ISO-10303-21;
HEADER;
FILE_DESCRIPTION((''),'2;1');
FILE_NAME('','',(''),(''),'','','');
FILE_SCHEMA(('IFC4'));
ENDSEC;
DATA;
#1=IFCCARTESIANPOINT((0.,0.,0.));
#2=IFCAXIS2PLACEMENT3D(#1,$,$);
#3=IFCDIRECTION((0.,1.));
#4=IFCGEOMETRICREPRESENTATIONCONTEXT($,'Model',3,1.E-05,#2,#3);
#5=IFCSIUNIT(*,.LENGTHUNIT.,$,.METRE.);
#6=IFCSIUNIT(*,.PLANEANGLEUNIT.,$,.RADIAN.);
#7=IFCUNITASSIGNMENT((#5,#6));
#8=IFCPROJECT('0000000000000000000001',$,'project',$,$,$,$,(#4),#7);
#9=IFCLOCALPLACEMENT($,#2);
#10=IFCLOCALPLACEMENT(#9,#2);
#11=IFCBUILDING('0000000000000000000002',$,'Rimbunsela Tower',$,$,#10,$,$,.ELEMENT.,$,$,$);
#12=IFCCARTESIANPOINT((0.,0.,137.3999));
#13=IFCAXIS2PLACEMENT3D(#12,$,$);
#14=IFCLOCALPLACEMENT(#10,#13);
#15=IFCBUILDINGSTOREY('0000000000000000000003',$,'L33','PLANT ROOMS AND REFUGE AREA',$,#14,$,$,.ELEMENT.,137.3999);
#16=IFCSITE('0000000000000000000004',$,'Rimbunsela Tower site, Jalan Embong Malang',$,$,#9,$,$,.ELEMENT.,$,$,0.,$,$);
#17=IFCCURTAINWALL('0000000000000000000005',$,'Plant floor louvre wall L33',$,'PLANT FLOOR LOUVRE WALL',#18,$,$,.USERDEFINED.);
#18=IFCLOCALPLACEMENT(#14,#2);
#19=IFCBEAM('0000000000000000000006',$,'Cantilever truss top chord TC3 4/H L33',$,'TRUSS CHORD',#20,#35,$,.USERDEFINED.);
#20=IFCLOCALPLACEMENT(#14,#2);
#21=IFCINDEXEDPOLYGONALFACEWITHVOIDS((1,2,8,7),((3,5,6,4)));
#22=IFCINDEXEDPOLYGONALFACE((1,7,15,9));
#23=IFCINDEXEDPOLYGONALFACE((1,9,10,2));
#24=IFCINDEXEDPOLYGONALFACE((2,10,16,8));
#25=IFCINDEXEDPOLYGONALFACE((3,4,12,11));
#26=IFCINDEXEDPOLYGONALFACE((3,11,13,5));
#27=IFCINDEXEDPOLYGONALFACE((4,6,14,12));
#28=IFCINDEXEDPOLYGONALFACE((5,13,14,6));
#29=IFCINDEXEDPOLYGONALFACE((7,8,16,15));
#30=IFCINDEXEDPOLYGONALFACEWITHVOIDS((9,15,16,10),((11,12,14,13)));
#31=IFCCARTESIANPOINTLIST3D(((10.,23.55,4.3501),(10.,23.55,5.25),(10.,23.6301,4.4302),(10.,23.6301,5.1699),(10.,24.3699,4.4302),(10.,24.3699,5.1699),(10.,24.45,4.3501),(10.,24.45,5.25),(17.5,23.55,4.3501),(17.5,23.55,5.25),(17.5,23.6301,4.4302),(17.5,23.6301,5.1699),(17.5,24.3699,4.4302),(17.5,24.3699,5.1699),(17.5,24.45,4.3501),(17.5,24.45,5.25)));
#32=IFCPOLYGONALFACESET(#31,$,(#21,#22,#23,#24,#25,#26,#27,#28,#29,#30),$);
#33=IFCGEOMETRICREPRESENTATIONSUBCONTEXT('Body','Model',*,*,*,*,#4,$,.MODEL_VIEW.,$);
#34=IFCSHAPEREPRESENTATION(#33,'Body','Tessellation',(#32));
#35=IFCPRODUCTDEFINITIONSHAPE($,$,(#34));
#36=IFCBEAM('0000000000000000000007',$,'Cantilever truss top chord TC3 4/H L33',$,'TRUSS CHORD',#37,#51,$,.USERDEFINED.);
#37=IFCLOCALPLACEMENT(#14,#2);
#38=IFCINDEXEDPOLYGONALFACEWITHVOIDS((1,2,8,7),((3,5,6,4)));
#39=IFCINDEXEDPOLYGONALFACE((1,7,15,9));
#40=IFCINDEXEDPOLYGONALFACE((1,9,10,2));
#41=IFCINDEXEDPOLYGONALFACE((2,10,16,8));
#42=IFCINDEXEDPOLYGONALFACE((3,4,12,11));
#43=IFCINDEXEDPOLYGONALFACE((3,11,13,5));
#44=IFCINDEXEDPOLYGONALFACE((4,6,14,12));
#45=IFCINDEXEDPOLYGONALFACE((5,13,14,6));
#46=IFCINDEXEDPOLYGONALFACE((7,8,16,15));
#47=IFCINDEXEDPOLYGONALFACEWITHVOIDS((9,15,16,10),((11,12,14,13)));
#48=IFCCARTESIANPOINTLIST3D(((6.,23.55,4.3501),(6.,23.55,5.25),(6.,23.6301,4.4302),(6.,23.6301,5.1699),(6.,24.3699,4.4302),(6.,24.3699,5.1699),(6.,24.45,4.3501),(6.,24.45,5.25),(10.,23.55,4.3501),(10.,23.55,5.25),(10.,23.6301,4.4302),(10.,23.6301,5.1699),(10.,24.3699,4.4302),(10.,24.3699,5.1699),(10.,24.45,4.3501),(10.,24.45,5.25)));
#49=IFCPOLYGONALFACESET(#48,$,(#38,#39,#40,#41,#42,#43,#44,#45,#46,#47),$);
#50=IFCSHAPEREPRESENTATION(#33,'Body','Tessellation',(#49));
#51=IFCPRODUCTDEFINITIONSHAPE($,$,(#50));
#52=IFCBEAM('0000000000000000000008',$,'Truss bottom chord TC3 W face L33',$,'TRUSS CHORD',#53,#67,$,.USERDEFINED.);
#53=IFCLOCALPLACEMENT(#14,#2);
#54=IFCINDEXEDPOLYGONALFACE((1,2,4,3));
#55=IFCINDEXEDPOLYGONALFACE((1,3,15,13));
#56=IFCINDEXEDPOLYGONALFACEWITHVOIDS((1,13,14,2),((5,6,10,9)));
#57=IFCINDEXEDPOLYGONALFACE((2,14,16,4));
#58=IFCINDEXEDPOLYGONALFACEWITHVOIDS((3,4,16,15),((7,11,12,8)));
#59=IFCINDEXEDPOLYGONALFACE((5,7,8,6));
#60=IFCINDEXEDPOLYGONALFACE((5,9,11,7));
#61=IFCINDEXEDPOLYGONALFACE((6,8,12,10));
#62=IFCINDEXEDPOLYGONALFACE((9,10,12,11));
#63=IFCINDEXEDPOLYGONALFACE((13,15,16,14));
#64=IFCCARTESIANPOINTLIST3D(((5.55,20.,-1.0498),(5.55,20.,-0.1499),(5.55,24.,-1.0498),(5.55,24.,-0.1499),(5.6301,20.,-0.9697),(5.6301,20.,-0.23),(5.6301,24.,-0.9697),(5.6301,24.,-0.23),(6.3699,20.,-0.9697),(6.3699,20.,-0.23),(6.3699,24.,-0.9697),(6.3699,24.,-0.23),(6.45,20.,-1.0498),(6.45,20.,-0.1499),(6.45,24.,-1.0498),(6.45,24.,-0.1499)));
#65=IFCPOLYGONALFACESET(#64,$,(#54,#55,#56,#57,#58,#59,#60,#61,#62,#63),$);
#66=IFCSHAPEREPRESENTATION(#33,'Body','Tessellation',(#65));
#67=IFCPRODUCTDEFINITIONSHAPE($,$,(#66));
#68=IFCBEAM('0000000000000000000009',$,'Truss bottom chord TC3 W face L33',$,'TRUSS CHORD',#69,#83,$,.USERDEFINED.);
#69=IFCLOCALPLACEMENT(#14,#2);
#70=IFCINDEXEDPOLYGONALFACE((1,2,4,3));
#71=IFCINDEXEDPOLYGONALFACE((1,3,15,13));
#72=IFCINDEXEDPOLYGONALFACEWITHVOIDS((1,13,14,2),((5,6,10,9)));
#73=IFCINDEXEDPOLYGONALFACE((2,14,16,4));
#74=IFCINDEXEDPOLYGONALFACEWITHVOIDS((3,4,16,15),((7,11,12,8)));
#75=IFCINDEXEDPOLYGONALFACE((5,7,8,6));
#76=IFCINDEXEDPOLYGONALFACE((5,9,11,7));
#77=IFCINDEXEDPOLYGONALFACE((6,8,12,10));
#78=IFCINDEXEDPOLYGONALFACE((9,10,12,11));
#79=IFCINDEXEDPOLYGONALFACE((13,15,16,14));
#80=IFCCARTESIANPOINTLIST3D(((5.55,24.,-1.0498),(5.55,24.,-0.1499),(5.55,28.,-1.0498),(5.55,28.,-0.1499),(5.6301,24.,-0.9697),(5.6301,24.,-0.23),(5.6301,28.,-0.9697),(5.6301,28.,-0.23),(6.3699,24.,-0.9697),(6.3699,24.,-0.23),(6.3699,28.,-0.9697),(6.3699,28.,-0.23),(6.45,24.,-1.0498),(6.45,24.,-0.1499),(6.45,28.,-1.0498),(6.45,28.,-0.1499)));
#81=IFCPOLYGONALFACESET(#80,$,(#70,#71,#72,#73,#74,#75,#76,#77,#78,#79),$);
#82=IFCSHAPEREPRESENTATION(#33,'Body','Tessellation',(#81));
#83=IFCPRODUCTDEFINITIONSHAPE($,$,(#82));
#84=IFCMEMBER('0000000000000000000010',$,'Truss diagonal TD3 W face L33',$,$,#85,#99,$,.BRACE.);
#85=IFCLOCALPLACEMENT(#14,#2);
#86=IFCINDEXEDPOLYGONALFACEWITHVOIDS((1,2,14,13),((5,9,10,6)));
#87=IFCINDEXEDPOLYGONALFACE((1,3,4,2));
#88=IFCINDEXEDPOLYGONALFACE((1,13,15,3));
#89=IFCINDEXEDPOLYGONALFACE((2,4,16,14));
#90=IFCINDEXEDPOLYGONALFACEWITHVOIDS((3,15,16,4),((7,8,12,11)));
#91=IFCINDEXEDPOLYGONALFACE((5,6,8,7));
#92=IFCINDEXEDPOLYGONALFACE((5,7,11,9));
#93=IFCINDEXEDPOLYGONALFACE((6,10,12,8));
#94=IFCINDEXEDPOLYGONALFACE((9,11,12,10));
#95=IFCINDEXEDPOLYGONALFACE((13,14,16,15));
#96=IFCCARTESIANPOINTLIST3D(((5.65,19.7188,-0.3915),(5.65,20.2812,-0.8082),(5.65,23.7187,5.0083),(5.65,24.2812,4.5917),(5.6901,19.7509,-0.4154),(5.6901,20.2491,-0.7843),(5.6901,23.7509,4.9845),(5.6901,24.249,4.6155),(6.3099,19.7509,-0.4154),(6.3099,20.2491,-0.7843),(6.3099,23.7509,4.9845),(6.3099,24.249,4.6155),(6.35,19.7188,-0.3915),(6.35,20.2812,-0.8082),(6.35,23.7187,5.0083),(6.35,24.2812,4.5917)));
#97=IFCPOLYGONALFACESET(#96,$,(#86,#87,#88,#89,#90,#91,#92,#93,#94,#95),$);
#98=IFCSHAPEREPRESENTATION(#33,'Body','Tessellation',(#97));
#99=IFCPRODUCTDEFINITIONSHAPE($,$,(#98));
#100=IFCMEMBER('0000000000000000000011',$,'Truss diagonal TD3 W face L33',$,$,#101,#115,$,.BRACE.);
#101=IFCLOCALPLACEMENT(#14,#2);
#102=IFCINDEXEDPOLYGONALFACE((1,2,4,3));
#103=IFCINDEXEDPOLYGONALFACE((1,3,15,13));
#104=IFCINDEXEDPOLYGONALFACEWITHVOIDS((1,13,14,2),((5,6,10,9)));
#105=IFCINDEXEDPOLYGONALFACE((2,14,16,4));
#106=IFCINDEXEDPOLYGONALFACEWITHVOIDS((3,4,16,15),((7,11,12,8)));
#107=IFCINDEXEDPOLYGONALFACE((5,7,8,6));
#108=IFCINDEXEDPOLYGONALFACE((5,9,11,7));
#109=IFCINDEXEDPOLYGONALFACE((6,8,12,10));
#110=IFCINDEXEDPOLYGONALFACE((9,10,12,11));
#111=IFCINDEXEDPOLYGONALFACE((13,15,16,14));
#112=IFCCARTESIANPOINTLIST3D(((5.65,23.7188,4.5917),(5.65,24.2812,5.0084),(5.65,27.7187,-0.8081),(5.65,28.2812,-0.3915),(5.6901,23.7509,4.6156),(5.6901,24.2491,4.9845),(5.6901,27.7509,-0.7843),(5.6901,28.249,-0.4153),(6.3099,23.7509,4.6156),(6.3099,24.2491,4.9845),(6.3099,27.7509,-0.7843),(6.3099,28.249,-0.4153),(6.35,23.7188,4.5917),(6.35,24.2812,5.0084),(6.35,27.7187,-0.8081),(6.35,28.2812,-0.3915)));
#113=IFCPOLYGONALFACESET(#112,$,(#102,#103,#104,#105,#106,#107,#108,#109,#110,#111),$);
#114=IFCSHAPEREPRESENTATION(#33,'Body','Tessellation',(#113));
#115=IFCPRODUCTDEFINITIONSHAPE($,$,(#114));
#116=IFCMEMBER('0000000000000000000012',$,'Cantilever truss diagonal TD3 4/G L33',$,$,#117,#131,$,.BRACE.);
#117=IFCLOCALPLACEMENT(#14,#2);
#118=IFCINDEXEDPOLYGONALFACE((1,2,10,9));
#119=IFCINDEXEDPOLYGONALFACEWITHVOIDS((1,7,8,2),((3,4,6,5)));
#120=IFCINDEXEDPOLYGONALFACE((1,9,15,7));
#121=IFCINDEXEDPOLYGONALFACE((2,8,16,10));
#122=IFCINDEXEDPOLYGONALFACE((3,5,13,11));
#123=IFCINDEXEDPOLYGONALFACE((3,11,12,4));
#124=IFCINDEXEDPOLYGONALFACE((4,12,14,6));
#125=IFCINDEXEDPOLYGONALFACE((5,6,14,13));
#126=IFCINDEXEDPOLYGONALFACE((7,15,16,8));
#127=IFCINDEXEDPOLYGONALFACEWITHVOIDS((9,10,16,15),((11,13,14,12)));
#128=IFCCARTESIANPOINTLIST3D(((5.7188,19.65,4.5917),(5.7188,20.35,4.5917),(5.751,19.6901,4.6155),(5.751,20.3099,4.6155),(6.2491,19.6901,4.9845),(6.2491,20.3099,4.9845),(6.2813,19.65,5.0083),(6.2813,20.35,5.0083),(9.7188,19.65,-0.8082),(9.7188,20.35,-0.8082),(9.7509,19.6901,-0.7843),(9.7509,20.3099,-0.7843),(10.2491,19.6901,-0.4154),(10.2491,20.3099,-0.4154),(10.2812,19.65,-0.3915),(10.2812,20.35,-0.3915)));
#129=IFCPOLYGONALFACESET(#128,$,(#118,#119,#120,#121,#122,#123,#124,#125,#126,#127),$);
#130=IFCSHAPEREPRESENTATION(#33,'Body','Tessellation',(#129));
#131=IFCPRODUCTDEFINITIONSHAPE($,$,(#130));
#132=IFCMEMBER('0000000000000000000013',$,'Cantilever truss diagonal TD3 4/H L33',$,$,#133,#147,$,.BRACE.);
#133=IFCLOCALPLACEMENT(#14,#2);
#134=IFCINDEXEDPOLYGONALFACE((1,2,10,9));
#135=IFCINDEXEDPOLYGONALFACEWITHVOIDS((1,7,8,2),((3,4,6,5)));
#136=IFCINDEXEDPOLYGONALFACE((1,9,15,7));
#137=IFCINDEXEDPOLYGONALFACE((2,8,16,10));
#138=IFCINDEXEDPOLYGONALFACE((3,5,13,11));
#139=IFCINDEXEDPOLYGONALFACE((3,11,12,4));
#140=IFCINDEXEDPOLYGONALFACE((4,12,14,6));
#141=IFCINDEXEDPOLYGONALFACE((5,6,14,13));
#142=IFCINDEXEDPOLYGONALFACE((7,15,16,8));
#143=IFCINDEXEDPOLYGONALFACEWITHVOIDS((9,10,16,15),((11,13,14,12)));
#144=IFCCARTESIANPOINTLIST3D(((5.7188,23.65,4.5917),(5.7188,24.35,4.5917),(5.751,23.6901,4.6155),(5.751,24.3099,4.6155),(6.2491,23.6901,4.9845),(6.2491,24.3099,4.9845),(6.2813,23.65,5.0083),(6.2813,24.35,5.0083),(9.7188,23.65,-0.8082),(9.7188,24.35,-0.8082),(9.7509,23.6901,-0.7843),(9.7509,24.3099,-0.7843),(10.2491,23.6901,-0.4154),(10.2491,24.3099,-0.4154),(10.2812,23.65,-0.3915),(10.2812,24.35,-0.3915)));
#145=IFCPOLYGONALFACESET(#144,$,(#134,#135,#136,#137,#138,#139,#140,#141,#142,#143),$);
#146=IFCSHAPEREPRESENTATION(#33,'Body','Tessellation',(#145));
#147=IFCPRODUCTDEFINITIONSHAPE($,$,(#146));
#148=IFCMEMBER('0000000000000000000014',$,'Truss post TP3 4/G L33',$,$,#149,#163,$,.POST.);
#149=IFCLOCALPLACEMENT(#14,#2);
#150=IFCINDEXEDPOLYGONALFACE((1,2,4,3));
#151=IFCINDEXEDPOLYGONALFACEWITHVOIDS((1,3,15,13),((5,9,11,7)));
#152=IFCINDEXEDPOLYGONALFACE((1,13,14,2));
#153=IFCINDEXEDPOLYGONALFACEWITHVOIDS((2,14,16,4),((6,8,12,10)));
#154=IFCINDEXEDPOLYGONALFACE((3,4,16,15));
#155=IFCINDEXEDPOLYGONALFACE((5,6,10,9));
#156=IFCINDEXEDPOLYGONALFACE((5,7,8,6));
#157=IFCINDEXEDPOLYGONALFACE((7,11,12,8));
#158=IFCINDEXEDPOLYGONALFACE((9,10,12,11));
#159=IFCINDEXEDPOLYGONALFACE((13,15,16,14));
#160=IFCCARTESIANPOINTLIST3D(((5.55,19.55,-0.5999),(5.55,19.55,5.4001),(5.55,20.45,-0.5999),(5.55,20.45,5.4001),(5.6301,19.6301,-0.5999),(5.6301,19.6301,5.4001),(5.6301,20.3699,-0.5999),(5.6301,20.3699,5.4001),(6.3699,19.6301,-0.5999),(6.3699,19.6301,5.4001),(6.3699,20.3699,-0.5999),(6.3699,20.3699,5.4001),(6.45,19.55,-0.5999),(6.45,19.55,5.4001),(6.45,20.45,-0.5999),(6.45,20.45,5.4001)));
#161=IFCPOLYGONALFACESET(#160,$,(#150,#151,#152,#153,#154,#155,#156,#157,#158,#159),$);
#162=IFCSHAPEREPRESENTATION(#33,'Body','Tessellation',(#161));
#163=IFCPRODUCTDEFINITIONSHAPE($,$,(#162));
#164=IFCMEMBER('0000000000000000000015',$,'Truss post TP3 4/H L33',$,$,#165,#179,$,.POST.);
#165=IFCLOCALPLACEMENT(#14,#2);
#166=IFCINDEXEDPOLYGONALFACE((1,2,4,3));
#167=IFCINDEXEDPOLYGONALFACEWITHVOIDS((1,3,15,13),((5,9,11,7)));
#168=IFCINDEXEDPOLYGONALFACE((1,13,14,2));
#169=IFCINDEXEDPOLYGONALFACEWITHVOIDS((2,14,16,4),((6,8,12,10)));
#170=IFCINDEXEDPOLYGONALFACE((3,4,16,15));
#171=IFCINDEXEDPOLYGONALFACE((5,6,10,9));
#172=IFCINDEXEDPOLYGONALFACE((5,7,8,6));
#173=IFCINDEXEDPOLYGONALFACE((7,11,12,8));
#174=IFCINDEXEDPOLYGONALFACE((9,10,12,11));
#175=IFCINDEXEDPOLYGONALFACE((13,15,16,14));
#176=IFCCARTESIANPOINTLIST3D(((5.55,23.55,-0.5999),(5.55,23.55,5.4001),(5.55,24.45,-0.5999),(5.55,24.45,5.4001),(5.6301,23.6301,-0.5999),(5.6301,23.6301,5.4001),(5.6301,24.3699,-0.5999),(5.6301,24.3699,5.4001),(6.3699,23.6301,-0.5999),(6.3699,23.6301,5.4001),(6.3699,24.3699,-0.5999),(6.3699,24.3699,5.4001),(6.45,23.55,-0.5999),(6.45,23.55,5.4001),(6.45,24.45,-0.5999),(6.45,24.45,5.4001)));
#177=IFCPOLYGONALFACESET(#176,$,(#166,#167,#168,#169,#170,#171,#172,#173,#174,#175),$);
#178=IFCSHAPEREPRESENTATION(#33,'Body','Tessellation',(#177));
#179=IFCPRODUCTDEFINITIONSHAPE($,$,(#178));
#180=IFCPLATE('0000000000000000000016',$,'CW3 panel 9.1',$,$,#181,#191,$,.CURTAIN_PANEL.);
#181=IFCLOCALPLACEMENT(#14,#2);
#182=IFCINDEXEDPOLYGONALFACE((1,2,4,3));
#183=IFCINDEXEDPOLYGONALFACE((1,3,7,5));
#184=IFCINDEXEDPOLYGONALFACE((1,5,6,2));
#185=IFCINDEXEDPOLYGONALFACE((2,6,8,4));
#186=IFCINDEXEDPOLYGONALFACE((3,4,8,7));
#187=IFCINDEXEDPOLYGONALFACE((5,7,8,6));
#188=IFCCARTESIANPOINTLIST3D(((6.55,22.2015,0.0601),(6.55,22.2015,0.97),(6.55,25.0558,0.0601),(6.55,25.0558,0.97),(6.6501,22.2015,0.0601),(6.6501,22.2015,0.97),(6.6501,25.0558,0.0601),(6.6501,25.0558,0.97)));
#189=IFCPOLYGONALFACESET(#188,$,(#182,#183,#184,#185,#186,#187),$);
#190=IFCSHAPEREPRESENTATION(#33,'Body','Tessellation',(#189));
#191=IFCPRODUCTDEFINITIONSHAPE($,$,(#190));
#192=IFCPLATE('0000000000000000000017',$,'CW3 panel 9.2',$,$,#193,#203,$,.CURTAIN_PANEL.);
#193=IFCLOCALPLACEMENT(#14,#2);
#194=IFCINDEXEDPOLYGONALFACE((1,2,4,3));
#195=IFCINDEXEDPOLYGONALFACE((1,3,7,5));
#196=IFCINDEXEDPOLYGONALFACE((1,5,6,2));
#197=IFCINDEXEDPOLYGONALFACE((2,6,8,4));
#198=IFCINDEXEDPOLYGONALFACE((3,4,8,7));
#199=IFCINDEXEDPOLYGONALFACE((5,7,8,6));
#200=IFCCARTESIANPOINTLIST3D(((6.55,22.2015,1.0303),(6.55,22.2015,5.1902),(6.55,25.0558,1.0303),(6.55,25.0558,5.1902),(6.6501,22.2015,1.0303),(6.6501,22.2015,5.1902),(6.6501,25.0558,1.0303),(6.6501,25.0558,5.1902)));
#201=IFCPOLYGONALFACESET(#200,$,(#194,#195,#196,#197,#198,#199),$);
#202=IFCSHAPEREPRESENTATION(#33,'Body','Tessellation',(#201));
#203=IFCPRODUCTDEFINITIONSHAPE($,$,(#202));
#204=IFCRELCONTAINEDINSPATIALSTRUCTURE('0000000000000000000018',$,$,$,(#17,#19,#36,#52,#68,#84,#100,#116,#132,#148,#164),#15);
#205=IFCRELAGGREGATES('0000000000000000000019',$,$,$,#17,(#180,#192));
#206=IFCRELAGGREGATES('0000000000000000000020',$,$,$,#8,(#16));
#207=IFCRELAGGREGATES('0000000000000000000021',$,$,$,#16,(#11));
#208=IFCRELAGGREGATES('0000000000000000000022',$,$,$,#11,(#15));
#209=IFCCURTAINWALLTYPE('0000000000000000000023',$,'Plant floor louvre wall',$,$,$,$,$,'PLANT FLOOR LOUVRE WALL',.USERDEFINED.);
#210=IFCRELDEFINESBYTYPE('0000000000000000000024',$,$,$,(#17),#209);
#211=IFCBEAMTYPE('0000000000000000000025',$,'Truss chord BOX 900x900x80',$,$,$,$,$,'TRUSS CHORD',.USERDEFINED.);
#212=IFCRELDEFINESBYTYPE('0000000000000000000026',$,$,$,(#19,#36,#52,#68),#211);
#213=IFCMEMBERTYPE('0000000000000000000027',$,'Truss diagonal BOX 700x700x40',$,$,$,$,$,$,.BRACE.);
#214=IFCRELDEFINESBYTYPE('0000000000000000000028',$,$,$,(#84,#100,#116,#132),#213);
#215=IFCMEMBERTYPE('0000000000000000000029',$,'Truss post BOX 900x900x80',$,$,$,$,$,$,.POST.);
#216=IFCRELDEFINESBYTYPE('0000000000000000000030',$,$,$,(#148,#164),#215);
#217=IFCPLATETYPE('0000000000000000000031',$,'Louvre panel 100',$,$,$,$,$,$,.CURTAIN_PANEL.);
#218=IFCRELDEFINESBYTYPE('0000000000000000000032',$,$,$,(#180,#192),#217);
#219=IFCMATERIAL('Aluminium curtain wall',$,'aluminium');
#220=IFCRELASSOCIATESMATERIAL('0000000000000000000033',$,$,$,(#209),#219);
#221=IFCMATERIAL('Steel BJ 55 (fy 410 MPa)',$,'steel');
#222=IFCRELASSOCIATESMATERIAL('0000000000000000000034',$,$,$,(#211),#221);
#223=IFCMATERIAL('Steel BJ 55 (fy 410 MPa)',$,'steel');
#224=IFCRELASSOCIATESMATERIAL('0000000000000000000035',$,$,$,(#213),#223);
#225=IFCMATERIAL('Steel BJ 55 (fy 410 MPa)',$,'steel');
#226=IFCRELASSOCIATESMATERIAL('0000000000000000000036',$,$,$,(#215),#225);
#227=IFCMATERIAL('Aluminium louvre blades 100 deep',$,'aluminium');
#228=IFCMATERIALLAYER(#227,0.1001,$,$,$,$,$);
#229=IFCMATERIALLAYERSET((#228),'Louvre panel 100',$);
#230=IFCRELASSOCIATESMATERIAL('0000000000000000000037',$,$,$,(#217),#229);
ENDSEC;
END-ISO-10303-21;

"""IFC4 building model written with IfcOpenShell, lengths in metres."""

from ifc_helpers import new_model, si_unit, direction, frame, origin, origin_2d, place, context, subcontext, project, spatial, rectangle, hollow_rectangle, extrude, material, layer, layer_set, material_profile, profile_set, type_object, element, aggregate, save


model = new_model("IFC4")

# Units and contexts
model_context = context("Model", 3, precision=1e-05, world=origin(), true_north=direction((0.0, 1.0)))
body_context = subcontext(model_context, "Body", "Model", "MODEL_VIEW")
ifc_project = project(units=[si_unit("LENGTHUNIT", "METRE"), si_unit("PLANEANGLEUNIT", "RADIAN")], contexts=[model_context])

# Site, building, storey
site_placement = place(None, origin())
site = spatial("IfcSite", under=ifc_project, at=site_placement, Name="Rimbunsela Tower site, Jalan Embong Malang", CompositionType="ELEMENT", RefElevation=0.0)
building_placement = place(site_placement, origin())
building = spatial("IfcBuilding", under=site, at=building_placement, Name="Rimbunsela Tower", CompositionType="ELEMENT")
storey_placement = place(building_placement, frame((0.0, 0.0, 137.3999)))
storey = spatial("IfcBuildingStorey", under=building, at=storey_placement, Name="L33", Description="PLANT ROOMS AND REFUGE AREA", CompositionType="ELEMENT", Elevation=137.3999)

# Curtain wall
ifc_material_1 = material(Name="Aluminium curtain wall", Category="aluminium")
curtain_wall_type = type_object("IfcCurtainWallType", Name="Plant floor louvre wall", ElementType="PLANT FLOOR LOUVRE WALL", PredefinedType="USERDEFINED", material=ifc_material_1)
curtain_wall_placement = place(storey_placement, origin())
curtain_wall = element("IfcCurtainWall", 1, at=curtain_wall_placement, inside=storey, type_object=curtain_wall_type, Name="Plant floor louvre wall L33", ObjectType="PLANT FLOOR LOUVRE WALL", PredefinedType="USERDEFINED")

# Beams
ifc_material_2 = material(Name="Steel BJ 55 (fy 410 MPa)", Category="steel")
ifc_material_profile_1 = material_profile(ifc_material_2, hollow_rectangle(XDim=0.8999, YDim=0.8999, WallThickness=0.0801, at=origin_2d()), Name="BOX 900x900x80")
ifc_profile_set_1 = profile_set([ifc_material_profile_1], Name="Steel BJ 55 (fy 410 MPa)")
beam_type_1 = type_object("IfcBeamType", Name="Truss chord BOX 900x900x80", ElementType="TRUSS CHORD", PredefinedType="USERDEFINED", material=ifc_profile_set_1)
beam_1_placement = place(storey_placement, frame((17.5, 24.0, 4.8), z_axis=(-1.0, 0.0, 0.0), x_axis=(0.0, -1.0, 0.0)))
element("IfcBeam", 2, at=beam_1_placement, inside=storey, type_object=beam_type_1, Name="Cantilever truss top chord TC3 4/H L33", ObjectType="TRUSS CHORD", PredefinedType="USERDEFINED", context=body_context, shape_type="SweptSolid", body=[
    extrude(hollow_rectangle(XDim=0.8999, YDim=0.8999, WallThickness=0.0801, at=origin_2d()), origin(), (0.0, 0.0, 1.0), 7.5),
])
for number, where, z_axis, x_axis, name in (
    (3, (10.0, 24.0, 4.8), (-1.0, 0.0, 0.0), (0.0, -1.0, 0.0), "Cantilever truss top chord TC3 4/H L33"),
    (4, (6.0, 20.0, -0.5999), (0.0, 1.0, 0.0), (-1.0, 0.0, 0.0), "Truss bottom chord TC3 W face L33"),
    (5, (6.0, 24.0, -0.5999), (0.0, 1.0, 0.0), (-1.0, 0.0, 0.0), "Truss bottom chord TC3 W face L33"),
):
    element("IfcBeam", number, at=place(storey_placement, frame(where, z_axis=z_axis, x_axis=x_axis)), inside=storey, type_object=beam_type_1, Name=name, ObjectType="TRUSS CHORD", PredefinedType="USERDEFINED", context=body_context, shape_type="SweptSolid", body=[
        extrude(hollow_rectangle(XDim=0.8999, YDim=0.8999, WallThickness=0.0801, at=origin_2d()), origin(), (0.0, 0.0, 1.0), 4.0),
    ])

# Members
ifc_material_3 = material(Name="Steel BJ 55 (fy 410 MPa)", Category="steel")
ifc_material_profile_2 = material_profile(ifc_material_3, hollow_rectangle(XDim=0.7, YDim=0.7, WallThickness=0.04, at=origin_2d()), Name="BOX 700x700x40")
ifc_profile_set_2 = profile_set([ifc_material_profile_2], Name="Steel BJ 55 (fy 410 MPa)")
member_type_1 = type_object("IfcMemberType", Name="Truss diagonal BOX 700x700x40", PredefinedType="BRACE", material=ifc_profile_set_2)
for number, where, z_axis, x_axis, name in (
    (6, (6.0, 20.0, -0.5999), (0.0, 0.595235, 0.803552), (-1.0, 0.0, 0.0), "Truss diagonal TD3 W face L33"),
    (7, (6.0, 24.0, 4.8), (0.0, 0.595235, -0.803552), (-1.0, 0.0, 0.0), "Truss diagonal TD3 W face L33"),
    (8, (10.0, 20.0, -0.5999), (-0.595235, 0.0, 0.803552), (0.0, -1.0, 0.0), "Cantilever truss diagonal TD3 4/G L33"),
    (9, (10.0, 24.0, -0.5999), (-0.595235, 0.0, 0.803552), (0.0, -1.0, 0.0), "Cantilever truss diagonal TD3 4/H L33"),
):
    element("IfcMember", number, at=place(storey_placement, frame(where, z_axis=z_axis, x_axis=x_axis)), inside=storey, type_object=member_type_1, Name=name, PredefinedType="BRACE", context=body_context, shape_type="SweptSolid", body=[
        extrude(hollow_rectangle(XDim=0.7, YDim=0.7, WallThickness=0.04, at=origin_2d()), origin(), (0.0, 0.0, 1.0), 6.72),
    ])
ifc_material_4 = material(Name="Steel BJ 55 (fy 410 MPa)", Category="steel")
ifc_material_profile_3 = material_profile(ifc_material_4, hollow_rectangle(XDim=0.8999, YDim=0.8999, WallThickness=0.0801, at=origin_2d()), Name="BOX 900x900x80")
ifc_profile_set_3 = profile_set([ifc_material_profile_3], Name="Steel BJ 55 (fy 410 MPa)")
member_type_2 = type_object("IfcMemberType", Name="Truss post BOX 900x900x80", PredefinedType="POST", material=ifc_profile_set_3)
for number, where, z_axis, x_axis, name in (
    (10, (6.0, 20.0, -0.5999), (0.0, 0.0, 1.0), (1.0, 0.0, 0.0), "Truss post TP3 4/G L33"),
    (11, (6.0, 24.0, -0.5999), (0.0, 0.0, 1.0), (1.0, 0.0, 0.0), "Truss post TP3 4/H L33"),
):
    element("IfcMember", number, at=place(storey_placement, frame(where, z_axis=z_axis, x_axis=x_axis)), inside=storey, type_object=member_type_2, Name=name, PredefinedType="POST", context=body_context, shape_type="SweptSolid", body=[
        extrude(hollow_rectangle(XDim=0.8999, YDim=0.8999, WallThickness=0.0801, at=origin_2d()), origin(), (0.0, 0.0, 1.0), 6.0),
    ])

# Plates
ifc_material_5 = material(Name="Aluminium louvre blades 100 deep", Category="aluminium")
ifc_layer = layer(ifc_material_5, 0.1001)
ifc_layer_set = layer_set([ifc_layer], Name="Louvre panel 100")
plate_type = type_object("IfcPlateType", Name="Louvre panel 100", PredefinedType="CURTAIN_PANEL", material=ifc_layer_set)
plate_1_placement = place(storey_placement, frame((6.6001, 23.6287, 0.0601), z_axis=(0.0, 0.0, 1.0), x_axis=(0.0, -1.0, 0.0)))
plate_1 = element("IfcPlate", 12, at=plate_1_placement, type_object=plate_type, Name="CW3 panel 9.1", PredefinedType="CURTAIN_PANEL", context=body_context, shape_type="SweptSolid", body=[
    extrude(rectangle(XDim=2.8542, YDim=0.1001, at=origin_2d()), origin(), (0.0, 0.0, 1.0), 0.9099),
])
plate_2_placement = place(storey_placement, frame((6.6001, 23.6287, 1.0303), z_axis=(0.0, 0.0, 1.0), x_axis=(0.0, -1.0, 0.0)))
plate_2 = element("IfcPlate", 13, at=plate_2_placement, type_object=plate_type, Name="CW3 panel 9.2", PredefinedType="CURTAIN_PANEL", context=body_context, shape_type="SweptSolid", body=[
    extrude(rectangle(XDim=2.8542, YDim=0.1001, at=origin_2d()), origin(), (0.0, 0.0, 1.0), 4.1599),
])
aggregate(curtain_wall, [plate_1, plate_2])

save(model, "model.ifc")
